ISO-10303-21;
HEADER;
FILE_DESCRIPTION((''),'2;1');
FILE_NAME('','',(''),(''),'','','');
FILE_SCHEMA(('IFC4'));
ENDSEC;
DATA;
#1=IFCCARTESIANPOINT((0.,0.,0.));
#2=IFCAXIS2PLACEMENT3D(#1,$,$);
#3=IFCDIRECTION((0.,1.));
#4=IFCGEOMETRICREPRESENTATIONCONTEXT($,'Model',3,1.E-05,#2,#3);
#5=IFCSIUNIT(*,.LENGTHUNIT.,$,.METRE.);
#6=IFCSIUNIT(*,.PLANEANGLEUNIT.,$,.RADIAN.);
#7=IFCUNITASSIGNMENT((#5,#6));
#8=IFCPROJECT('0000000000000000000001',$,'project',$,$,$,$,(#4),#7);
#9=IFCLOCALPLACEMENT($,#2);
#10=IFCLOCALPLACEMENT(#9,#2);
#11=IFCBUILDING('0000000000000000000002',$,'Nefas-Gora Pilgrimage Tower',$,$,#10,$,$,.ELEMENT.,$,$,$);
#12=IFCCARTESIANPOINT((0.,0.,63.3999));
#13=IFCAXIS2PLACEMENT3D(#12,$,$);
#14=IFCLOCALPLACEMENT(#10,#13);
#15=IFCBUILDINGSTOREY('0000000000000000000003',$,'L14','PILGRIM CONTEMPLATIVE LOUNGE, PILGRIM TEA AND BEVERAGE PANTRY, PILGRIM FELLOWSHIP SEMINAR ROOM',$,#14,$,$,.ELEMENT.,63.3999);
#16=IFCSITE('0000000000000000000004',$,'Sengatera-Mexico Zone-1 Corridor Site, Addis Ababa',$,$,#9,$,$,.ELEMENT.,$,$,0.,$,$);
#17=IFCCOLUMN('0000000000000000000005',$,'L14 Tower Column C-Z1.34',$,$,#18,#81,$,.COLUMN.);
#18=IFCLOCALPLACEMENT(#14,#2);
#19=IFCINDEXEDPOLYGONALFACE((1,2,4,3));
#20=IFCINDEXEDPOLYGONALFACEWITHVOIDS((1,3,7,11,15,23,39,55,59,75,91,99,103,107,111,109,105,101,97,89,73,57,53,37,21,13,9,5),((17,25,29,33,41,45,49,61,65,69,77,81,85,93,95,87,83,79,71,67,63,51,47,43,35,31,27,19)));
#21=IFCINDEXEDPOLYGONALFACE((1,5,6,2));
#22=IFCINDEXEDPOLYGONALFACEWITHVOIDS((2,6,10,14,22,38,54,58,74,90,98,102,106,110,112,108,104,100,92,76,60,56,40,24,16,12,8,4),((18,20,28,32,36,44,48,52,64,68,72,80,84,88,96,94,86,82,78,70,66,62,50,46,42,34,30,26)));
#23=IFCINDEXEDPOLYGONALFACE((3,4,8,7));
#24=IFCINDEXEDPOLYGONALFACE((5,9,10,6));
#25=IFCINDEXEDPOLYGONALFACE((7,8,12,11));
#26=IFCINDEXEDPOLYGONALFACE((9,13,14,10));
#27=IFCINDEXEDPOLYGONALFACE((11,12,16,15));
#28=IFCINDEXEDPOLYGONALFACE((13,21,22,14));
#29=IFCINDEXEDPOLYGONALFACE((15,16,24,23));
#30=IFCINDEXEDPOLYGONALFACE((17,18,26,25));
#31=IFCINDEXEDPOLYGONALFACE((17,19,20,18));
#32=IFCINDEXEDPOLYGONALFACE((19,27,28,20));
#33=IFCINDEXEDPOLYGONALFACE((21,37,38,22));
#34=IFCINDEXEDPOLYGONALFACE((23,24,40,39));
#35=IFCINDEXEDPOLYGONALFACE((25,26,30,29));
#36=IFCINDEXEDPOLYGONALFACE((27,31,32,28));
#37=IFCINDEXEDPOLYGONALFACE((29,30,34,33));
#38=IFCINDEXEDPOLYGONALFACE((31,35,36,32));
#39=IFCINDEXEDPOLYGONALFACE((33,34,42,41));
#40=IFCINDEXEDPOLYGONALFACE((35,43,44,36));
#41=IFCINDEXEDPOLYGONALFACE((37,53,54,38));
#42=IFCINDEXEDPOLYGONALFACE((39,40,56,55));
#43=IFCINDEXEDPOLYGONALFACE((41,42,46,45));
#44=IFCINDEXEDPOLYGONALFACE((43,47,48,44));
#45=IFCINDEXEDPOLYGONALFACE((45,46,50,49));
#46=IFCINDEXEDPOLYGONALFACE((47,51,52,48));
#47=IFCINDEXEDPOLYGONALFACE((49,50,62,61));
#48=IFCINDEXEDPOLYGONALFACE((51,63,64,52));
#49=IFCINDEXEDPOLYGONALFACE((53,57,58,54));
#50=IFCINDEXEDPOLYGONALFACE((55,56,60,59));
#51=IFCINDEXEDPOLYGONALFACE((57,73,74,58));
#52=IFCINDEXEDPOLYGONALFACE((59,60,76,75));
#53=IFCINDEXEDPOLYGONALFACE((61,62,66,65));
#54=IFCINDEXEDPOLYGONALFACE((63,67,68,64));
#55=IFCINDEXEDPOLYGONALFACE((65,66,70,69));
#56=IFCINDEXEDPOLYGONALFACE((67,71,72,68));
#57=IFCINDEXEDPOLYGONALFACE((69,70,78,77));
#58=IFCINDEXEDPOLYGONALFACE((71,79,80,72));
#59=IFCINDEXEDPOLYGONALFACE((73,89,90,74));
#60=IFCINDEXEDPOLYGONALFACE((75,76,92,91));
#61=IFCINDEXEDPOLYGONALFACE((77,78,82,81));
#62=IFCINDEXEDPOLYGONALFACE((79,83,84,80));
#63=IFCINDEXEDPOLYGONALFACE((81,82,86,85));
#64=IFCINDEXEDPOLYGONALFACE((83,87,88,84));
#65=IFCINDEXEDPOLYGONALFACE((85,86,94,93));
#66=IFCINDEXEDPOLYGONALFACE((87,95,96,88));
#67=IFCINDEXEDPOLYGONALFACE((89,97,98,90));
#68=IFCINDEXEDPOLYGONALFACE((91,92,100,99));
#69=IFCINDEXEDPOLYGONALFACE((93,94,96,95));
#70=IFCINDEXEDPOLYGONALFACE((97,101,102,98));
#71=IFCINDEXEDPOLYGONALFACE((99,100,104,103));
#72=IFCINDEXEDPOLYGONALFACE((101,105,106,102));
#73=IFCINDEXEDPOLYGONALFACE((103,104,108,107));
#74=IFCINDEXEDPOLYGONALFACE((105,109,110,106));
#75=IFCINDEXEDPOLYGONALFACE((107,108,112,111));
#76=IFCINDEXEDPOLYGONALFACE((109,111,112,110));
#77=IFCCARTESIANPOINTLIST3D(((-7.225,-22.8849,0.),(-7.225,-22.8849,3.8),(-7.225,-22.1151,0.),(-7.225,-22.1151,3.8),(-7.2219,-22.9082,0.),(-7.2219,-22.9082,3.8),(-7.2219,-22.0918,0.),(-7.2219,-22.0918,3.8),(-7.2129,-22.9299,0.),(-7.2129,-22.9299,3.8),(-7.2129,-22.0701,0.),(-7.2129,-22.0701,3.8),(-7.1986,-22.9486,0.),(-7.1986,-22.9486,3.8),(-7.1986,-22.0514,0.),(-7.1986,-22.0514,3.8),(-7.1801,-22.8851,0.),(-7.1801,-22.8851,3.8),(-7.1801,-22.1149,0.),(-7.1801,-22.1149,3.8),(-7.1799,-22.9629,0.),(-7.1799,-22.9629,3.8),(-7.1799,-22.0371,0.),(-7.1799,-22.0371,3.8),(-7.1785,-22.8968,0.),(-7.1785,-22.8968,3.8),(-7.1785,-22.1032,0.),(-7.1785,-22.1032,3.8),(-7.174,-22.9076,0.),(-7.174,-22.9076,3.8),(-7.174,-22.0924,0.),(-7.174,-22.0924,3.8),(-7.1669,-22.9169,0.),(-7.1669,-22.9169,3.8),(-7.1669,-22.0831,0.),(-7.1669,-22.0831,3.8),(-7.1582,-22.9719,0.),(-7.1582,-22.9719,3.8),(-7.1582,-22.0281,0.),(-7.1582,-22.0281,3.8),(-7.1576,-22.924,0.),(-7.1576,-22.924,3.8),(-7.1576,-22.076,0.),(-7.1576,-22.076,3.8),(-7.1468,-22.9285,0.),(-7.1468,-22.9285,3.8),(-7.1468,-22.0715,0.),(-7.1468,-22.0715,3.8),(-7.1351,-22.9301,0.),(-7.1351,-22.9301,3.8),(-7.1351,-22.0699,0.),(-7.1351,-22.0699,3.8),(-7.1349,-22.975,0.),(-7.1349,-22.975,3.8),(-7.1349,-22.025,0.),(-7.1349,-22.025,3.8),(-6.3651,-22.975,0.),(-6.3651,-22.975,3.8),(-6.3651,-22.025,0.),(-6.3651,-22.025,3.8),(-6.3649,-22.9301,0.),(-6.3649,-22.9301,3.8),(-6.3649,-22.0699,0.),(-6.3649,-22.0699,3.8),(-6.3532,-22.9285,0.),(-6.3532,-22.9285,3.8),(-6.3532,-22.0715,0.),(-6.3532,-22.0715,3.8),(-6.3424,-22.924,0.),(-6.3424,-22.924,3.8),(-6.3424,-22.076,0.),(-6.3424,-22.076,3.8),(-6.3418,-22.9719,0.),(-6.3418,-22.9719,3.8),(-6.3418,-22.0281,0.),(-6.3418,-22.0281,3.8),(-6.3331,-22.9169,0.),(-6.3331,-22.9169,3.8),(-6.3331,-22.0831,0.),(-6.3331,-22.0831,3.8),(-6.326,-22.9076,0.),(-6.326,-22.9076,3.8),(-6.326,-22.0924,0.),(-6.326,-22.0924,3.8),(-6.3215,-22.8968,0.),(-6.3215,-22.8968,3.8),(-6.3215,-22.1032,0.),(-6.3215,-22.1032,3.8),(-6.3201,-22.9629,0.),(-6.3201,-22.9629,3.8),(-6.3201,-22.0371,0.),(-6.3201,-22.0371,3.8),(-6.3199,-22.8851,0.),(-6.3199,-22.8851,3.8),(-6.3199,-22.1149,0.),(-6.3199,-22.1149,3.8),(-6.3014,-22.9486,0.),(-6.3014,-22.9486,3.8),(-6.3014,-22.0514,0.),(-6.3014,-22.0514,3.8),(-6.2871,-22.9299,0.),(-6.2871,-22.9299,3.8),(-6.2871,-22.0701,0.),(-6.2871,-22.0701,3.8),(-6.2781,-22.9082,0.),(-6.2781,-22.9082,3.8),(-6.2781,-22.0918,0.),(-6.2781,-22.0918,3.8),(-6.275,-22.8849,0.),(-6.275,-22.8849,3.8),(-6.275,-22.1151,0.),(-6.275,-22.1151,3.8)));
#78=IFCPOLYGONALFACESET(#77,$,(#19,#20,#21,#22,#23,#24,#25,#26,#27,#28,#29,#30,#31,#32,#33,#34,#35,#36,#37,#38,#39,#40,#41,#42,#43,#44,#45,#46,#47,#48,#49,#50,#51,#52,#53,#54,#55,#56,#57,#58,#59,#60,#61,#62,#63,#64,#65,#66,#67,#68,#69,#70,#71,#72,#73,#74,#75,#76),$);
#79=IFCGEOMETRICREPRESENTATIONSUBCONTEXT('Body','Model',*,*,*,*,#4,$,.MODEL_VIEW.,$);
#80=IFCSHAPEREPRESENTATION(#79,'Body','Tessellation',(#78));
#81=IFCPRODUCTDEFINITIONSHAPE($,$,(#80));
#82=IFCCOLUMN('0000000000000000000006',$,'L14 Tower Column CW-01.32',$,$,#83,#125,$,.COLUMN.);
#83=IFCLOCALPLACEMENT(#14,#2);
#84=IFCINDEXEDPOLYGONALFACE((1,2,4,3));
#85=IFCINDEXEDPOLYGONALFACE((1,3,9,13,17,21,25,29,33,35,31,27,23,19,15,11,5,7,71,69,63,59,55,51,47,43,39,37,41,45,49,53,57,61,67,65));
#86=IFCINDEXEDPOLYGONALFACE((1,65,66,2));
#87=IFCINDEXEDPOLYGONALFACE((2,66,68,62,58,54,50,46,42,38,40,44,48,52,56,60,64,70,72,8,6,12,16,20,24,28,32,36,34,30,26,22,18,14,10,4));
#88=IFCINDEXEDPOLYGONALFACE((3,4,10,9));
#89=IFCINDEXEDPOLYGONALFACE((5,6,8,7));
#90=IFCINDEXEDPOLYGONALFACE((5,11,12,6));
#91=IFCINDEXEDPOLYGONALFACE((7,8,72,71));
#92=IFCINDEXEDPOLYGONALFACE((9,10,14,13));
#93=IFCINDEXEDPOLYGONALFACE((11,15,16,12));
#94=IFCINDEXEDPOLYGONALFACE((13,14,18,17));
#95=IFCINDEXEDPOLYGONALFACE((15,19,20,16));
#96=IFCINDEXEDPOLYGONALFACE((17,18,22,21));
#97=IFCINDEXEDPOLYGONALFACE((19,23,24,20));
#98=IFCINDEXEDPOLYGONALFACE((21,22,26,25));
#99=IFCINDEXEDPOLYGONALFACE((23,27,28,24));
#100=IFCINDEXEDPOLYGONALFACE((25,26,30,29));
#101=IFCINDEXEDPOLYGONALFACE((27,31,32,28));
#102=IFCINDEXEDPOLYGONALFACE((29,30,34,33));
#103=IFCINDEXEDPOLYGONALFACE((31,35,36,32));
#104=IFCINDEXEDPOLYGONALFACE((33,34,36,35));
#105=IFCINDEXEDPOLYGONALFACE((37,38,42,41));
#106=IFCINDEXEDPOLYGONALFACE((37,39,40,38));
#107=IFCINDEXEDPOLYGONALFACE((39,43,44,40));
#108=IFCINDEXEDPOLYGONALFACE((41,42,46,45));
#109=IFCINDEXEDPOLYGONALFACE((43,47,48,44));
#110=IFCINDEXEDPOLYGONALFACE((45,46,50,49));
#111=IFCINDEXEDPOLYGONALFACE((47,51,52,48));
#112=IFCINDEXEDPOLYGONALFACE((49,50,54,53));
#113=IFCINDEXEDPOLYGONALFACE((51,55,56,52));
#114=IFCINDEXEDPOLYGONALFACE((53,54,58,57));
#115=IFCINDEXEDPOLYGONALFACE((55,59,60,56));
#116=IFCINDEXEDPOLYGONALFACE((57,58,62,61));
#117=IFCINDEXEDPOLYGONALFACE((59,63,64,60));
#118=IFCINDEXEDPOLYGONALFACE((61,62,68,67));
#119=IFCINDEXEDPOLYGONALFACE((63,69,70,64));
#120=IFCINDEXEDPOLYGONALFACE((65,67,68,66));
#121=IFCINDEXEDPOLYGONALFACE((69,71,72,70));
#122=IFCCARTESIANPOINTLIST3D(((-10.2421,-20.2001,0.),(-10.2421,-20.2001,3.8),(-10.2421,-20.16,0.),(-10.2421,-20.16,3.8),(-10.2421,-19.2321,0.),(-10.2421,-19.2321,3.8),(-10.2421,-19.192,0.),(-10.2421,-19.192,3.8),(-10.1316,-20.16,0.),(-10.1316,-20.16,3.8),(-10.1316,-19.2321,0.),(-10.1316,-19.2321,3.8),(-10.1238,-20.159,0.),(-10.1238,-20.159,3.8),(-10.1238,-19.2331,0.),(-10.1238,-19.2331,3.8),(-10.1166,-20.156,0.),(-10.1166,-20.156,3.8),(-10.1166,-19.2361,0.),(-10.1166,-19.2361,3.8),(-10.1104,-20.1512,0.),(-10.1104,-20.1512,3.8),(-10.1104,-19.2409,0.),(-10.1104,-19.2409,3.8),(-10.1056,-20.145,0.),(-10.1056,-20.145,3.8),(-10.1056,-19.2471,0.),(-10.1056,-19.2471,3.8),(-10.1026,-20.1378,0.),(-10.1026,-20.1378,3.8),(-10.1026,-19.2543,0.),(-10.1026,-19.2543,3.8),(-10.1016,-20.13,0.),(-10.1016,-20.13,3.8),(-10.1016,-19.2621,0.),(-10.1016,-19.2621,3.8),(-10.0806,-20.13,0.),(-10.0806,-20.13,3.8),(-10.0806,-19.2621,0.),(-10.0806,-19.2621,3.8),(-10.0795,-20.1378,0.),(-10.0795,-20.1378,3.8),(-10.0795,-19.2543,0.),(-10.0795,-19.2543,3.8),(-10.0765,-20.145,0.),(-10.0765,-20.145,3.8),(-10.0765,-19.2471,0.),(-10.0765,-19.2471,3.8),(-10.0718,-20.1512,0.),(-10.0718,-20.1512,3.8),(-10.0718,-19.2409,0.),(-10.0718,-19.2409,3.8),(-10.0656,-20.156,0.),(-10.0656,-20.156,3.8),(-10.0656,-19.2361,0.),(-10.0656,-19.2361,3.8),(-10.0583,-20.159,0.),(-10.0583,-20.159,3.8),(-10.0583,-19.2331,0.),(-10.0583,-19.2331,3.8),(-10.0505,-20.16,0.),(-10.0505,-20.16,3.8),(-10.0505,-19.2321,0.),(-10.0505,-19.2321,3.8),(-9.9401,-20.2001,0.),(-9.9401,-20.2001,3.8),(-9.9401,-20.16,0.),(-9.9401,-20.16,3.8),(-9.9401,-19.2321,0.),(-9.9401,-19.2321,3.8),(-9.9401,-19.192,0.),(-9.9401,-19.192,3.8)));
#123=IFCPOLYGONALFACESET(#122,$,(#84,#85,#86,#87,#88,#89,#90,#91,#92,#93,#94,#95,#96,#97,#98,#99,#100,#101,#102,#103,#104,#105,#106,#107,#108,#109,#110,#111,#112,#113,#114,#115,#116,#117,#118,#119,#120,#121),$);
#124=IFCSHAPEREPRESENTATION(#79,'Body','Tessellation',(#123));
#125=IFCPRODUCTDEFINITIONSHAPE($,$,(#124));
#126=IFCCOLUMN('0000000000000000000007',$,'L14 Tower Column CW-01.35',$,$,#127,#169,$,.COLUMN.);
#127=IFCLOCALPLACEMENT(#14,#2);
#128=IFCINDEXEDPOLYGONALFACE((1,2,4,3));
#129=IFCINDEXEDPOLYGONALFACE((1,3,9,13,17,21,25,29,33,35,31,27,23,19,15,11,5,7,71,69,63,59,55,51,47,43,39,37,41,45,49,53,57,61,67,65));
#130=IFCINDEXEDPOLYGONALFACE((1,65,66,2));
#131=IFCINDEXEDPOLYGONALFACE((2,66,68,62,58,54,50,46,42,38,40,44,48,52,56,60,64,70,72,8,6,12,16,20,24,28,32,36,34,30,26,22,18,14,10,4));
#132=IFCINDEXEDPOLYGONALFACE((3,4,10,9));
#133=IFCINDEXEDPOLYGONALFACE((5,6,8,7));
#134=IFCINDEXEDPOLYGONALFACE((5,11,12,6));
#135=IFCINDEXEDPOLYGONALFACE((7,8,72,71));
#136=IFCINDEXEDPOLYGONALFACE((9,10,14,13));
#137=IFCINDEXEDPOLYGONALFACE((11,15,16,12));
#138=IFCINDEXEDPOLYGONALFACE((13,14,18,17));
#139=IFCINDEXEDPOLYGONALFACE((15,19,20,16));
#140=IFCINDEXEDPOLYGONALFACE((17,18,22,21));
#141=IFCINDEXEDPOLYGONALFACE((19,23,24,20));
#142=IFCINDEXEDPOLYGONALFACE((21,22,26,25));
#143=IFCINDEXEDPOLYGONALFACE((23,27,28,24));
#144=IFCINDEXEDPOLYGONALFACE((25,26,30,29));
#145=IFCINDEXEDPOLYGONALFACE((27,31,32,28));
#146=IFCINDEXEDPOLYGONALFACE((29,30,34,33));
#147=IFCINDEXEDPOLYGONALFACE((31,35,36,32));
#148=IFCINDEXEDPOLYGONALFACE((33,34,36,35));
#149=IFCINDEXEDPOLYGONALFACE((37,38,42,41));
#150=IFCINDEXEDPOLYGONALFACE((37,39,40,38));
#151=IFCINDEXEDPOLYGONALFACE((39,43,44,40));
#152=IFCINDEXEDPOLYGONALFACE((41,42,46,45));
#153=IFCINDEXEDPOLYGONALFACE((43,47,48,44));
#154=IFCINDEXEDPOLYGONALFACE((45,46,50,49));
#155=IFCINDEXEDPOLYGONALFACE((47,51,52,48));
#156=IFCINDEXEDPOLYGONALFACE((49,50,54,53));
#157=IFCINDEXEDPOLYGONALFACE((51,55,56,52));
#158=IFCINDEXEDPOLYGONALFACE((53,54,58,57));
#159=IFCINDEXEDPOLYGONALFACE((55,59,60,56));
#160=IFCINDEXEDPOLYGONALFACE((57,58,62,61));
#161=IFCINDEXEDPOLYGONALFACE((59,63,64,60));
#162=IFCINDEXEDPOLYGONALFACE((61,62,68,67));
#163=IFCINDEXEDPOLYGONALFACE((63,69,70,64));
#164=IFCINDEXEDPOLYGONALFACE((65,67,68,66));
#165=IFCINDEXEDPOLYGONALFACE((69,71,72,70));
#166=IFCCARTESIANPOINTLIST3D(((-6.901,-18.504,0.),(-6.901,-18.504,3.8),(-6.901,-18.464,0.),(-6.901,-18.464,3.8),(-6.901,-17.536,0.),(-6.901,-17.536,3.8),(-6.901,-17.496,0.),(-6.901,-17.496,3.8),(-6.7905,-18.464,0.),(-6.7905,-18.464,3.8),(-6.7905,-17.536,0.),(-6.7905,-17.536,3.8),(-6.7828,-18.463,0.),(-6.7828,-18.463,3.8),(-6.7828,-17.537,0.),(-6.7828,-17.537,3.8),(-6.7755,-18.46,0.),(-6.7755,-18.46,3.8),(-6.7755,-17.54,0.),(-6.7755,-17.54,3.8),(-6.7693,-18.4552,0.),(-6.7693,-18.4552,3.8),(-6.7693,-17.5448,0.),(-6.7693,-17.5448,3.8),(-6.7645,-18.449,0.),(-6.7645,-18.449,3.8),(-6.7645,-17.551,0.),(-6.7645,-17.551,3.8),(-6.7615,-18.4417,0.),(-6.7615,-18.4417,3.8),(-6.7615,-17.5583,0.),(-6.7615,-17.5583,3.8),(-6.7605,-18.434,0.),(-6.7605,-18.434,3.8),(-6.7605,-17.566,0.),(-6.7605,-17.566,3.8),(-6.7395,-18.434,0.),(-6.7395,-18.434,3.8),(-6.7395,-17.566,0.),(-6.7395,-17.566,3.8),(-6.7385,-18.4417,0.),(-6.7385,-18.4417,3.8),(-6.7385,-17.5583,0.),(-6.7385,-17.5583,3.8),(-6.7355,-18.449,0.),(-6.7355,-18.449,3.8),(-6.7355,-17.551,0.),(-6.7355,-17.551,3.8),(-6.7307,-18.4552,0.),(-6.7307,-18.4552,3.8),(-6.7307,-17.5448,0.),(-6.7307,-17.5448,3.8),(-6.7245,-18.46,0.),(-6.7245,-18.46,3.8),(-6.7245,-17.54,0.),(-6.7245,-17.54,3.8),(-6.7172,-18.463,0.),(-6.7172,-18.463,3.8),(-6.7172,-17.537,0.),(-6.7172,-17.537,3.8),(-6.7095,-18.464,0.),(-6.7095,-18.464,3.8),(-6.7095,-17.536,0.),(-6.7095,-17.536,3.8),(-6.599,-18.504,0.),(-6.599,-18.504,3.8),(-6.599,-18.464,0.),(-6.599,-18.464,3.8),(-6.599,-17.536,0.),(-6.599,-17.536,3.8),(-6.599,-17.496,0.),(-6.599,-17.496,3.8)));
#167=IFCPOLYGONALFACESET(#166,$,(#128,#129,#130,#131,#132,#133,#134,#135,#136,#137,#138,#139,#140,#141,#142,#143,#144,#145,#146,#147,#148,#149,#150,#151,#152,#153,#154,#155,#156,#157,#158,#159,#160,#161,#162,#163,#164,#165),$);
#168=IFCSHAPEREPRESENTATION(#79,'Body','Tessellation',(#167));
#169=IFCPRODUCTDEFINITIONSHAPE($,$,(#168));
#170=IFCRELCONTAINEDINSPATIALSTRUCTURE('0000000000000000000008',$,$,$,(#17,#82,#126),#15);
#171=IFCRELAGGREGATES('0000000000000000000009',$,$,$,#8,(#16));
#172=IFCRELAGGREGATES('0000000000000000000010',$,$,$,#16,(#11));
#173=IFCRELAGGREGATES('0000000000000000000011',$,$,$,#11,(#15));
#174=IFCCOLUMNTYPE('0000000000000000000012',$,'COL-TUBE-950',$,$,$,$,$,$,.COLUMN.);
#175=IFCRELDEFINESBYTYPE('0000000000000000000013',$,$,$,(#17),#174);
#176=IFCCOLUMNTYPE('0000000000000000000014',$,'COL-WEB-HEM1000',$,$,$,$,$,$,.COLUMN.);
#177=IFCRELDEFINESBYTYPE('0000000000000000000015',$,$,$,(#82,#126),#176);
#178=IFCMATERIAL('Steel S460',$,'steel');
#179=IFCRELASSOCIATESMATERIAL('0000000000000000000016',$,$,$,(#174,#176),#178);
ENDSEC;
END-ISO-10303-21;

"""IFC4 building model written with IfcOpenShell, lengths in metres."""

from ifc_helpers import new_model, si_unit, direction, frame, origin, origin_2d, place, context, subcontext, project, spatial, hollow_rectangle, i_section, extrude, source, transform, mapped, material, material_profile, profile_set, type_object, element, save


model = new_model("IFC4")

# Units and contexts
model_context = context("Model", 3, precision=1e-05, world=origin(), true_north=direction((0.0, 1.0)))
body_context = subcontext(model_context, "Body", "Model", "MODEL_VIEW")
ifc_project = project(units=[si_unit("LENGTHUNIT", "METRE"), si_unit("PLANEANGLEUNIT", "RADIAN")], contexts=[model_context])

# Site, building, storey
site_placement = place(None, origin())
site = spatial("IfcSite", under=ifc_project, at=site_placement, Name="Sengatera-Mexico Zone-1 Corridor Site, Addis Ababa", CompositionType="ELEMENT", RefElevation=0.0)
building_placement = place(site_placement, origin())
building = spatial("IfcBuilding", under=site, at=building_placement, Name="Nefas-Gora Pilgrimage Tower", CompositionType="ELEMENT")
storey_placement = place(building_placement, frame((0.0, 0.0, 63.3999)))
storey = spatial("IfcBuildingStorey", under=building, at=storey_placement, Name="L14", Description="PILGRIM CONTEMPLATIVE LOUNGE, PILGRIM TEA AND BEVERAGE PANTRY, PILGRIM FELLOWSHIP SEMINAR ROOM", CompositionType="ELEMENT", Elevation=63.3999)

# Columns
ifc_material_1 = material(Name="Steel S460", Category="steel")
ifc_material_profile_1 = material_profile(ifc_material_1, hollow_rectangle(XDim=0.95, YDim=0.95, WallThickness=0.0449, InnerFilletRadius=0.0449, OuterFilletRadius=0.0901, at=origin_2d()), Name="BOX 950x950x45")
ifc_profile_set_1 = profile_set([ifc_material_profile_1], Name="Steel S460")
column_type_1 = type_object("IfcColumnType", Name="COL-TUBE-950", PredefinedType="COLUMN", material=ifc_profile_set_1)
shared_shape_1 = source(origin(), body_context, "Body", "SweptSolid", [
    extrude(hollow_rectangle(XDim=0.95, YDim=0.95, WallThickness=0.0449, InnerFilletRadius=0.0449, OuterFilletRadius=0.0901, at=origin_2d()), origin(), (0.0, 0.0, 1.0), 3.8),
])
column_placement = place(storey_placement, frame((-6.75, -22.5, 0.0), z_axis=(0.0, 0.0, 1.0), x_axis=(1.0, 0.0, 0.0)))
element("IfcColumn", 1, at=column_placement, inside=storey, type_object=column_type_1, Name="L14 Tower Column C-Z1.34", PredefinedType="COLUMN", context=body_context, shape_type="MappedRepresentation", body=[
    mapped(shared_shape_1, transform((0.0, 0.0, 0.0), x_axis=(1.0, 0.0, 0.0), y_axis=(0.0, 1.0, 0.0), z_axis=(0.0, 0.0, 1.0), scale=1.0)),
])
ifc_material_profile_2 = material_profile(ifc_material_1, i_section(OverallWidth=0.302, OverallDepth=1.0081, WebThickness=0.021, FlangeThickness=0.04, FilletRadius=0.03, at=origin_2d()), Name="HEM 1000")
ifc_profile_set_2 = profile_set([ifc_material_profile_2], Name="Steel S460")
column_type_2 = type_object("IfcColumnType", Name="COL-WEB-HEM1000", PredefinedType="COLUMN", material=ifc_profile_set_2)
shared_shape_2 = source(origin(), body_context, "Body", "SweptSolid", [
    extrude(i_section(OverallWidth=0.302, OverallDepth=1.0081, WebThickness=0.021, FlangeThickness=0.04, FilletRadius=0.03, at=origin_2d()), origin(), (0.0, 0.0, 1.0), 3.8),
])
for number, where, z_axis, x_axis, name in (
    (2, (-10.0911, -19.696, 0.0), (0.0, 0.0, 1.0), (1.0, 0.0, 0.0), "L14 Tower Column CW-01.32"),
    (3, (-6.75, -18.0, 0.0), (0.0, 0.0, 1.0), (1.0, 0.0, 0.0), "L14 Tower Column CW-01.35"),
):
    element("IfcColumn", number, at=place(storey_placement, frame(where, z_axis=z_axis, x_axis=x_axis)), inside=storey, type_object=column_type_2, Name=name, PredefinedType="COLUMN", context=body_context, shape_type="MappedRepresentation", body=[
        mapped(shared_shape_2, transform((0.0, 0.0, 0.0), x_axis=(1.0, 0.0, 0.0), y_axis=(0.0, 1.0, 0.0), z_axis=(0.0, 0.0, 1.0), scale=1.0)),
    ])

save(model, "model.ifc")
